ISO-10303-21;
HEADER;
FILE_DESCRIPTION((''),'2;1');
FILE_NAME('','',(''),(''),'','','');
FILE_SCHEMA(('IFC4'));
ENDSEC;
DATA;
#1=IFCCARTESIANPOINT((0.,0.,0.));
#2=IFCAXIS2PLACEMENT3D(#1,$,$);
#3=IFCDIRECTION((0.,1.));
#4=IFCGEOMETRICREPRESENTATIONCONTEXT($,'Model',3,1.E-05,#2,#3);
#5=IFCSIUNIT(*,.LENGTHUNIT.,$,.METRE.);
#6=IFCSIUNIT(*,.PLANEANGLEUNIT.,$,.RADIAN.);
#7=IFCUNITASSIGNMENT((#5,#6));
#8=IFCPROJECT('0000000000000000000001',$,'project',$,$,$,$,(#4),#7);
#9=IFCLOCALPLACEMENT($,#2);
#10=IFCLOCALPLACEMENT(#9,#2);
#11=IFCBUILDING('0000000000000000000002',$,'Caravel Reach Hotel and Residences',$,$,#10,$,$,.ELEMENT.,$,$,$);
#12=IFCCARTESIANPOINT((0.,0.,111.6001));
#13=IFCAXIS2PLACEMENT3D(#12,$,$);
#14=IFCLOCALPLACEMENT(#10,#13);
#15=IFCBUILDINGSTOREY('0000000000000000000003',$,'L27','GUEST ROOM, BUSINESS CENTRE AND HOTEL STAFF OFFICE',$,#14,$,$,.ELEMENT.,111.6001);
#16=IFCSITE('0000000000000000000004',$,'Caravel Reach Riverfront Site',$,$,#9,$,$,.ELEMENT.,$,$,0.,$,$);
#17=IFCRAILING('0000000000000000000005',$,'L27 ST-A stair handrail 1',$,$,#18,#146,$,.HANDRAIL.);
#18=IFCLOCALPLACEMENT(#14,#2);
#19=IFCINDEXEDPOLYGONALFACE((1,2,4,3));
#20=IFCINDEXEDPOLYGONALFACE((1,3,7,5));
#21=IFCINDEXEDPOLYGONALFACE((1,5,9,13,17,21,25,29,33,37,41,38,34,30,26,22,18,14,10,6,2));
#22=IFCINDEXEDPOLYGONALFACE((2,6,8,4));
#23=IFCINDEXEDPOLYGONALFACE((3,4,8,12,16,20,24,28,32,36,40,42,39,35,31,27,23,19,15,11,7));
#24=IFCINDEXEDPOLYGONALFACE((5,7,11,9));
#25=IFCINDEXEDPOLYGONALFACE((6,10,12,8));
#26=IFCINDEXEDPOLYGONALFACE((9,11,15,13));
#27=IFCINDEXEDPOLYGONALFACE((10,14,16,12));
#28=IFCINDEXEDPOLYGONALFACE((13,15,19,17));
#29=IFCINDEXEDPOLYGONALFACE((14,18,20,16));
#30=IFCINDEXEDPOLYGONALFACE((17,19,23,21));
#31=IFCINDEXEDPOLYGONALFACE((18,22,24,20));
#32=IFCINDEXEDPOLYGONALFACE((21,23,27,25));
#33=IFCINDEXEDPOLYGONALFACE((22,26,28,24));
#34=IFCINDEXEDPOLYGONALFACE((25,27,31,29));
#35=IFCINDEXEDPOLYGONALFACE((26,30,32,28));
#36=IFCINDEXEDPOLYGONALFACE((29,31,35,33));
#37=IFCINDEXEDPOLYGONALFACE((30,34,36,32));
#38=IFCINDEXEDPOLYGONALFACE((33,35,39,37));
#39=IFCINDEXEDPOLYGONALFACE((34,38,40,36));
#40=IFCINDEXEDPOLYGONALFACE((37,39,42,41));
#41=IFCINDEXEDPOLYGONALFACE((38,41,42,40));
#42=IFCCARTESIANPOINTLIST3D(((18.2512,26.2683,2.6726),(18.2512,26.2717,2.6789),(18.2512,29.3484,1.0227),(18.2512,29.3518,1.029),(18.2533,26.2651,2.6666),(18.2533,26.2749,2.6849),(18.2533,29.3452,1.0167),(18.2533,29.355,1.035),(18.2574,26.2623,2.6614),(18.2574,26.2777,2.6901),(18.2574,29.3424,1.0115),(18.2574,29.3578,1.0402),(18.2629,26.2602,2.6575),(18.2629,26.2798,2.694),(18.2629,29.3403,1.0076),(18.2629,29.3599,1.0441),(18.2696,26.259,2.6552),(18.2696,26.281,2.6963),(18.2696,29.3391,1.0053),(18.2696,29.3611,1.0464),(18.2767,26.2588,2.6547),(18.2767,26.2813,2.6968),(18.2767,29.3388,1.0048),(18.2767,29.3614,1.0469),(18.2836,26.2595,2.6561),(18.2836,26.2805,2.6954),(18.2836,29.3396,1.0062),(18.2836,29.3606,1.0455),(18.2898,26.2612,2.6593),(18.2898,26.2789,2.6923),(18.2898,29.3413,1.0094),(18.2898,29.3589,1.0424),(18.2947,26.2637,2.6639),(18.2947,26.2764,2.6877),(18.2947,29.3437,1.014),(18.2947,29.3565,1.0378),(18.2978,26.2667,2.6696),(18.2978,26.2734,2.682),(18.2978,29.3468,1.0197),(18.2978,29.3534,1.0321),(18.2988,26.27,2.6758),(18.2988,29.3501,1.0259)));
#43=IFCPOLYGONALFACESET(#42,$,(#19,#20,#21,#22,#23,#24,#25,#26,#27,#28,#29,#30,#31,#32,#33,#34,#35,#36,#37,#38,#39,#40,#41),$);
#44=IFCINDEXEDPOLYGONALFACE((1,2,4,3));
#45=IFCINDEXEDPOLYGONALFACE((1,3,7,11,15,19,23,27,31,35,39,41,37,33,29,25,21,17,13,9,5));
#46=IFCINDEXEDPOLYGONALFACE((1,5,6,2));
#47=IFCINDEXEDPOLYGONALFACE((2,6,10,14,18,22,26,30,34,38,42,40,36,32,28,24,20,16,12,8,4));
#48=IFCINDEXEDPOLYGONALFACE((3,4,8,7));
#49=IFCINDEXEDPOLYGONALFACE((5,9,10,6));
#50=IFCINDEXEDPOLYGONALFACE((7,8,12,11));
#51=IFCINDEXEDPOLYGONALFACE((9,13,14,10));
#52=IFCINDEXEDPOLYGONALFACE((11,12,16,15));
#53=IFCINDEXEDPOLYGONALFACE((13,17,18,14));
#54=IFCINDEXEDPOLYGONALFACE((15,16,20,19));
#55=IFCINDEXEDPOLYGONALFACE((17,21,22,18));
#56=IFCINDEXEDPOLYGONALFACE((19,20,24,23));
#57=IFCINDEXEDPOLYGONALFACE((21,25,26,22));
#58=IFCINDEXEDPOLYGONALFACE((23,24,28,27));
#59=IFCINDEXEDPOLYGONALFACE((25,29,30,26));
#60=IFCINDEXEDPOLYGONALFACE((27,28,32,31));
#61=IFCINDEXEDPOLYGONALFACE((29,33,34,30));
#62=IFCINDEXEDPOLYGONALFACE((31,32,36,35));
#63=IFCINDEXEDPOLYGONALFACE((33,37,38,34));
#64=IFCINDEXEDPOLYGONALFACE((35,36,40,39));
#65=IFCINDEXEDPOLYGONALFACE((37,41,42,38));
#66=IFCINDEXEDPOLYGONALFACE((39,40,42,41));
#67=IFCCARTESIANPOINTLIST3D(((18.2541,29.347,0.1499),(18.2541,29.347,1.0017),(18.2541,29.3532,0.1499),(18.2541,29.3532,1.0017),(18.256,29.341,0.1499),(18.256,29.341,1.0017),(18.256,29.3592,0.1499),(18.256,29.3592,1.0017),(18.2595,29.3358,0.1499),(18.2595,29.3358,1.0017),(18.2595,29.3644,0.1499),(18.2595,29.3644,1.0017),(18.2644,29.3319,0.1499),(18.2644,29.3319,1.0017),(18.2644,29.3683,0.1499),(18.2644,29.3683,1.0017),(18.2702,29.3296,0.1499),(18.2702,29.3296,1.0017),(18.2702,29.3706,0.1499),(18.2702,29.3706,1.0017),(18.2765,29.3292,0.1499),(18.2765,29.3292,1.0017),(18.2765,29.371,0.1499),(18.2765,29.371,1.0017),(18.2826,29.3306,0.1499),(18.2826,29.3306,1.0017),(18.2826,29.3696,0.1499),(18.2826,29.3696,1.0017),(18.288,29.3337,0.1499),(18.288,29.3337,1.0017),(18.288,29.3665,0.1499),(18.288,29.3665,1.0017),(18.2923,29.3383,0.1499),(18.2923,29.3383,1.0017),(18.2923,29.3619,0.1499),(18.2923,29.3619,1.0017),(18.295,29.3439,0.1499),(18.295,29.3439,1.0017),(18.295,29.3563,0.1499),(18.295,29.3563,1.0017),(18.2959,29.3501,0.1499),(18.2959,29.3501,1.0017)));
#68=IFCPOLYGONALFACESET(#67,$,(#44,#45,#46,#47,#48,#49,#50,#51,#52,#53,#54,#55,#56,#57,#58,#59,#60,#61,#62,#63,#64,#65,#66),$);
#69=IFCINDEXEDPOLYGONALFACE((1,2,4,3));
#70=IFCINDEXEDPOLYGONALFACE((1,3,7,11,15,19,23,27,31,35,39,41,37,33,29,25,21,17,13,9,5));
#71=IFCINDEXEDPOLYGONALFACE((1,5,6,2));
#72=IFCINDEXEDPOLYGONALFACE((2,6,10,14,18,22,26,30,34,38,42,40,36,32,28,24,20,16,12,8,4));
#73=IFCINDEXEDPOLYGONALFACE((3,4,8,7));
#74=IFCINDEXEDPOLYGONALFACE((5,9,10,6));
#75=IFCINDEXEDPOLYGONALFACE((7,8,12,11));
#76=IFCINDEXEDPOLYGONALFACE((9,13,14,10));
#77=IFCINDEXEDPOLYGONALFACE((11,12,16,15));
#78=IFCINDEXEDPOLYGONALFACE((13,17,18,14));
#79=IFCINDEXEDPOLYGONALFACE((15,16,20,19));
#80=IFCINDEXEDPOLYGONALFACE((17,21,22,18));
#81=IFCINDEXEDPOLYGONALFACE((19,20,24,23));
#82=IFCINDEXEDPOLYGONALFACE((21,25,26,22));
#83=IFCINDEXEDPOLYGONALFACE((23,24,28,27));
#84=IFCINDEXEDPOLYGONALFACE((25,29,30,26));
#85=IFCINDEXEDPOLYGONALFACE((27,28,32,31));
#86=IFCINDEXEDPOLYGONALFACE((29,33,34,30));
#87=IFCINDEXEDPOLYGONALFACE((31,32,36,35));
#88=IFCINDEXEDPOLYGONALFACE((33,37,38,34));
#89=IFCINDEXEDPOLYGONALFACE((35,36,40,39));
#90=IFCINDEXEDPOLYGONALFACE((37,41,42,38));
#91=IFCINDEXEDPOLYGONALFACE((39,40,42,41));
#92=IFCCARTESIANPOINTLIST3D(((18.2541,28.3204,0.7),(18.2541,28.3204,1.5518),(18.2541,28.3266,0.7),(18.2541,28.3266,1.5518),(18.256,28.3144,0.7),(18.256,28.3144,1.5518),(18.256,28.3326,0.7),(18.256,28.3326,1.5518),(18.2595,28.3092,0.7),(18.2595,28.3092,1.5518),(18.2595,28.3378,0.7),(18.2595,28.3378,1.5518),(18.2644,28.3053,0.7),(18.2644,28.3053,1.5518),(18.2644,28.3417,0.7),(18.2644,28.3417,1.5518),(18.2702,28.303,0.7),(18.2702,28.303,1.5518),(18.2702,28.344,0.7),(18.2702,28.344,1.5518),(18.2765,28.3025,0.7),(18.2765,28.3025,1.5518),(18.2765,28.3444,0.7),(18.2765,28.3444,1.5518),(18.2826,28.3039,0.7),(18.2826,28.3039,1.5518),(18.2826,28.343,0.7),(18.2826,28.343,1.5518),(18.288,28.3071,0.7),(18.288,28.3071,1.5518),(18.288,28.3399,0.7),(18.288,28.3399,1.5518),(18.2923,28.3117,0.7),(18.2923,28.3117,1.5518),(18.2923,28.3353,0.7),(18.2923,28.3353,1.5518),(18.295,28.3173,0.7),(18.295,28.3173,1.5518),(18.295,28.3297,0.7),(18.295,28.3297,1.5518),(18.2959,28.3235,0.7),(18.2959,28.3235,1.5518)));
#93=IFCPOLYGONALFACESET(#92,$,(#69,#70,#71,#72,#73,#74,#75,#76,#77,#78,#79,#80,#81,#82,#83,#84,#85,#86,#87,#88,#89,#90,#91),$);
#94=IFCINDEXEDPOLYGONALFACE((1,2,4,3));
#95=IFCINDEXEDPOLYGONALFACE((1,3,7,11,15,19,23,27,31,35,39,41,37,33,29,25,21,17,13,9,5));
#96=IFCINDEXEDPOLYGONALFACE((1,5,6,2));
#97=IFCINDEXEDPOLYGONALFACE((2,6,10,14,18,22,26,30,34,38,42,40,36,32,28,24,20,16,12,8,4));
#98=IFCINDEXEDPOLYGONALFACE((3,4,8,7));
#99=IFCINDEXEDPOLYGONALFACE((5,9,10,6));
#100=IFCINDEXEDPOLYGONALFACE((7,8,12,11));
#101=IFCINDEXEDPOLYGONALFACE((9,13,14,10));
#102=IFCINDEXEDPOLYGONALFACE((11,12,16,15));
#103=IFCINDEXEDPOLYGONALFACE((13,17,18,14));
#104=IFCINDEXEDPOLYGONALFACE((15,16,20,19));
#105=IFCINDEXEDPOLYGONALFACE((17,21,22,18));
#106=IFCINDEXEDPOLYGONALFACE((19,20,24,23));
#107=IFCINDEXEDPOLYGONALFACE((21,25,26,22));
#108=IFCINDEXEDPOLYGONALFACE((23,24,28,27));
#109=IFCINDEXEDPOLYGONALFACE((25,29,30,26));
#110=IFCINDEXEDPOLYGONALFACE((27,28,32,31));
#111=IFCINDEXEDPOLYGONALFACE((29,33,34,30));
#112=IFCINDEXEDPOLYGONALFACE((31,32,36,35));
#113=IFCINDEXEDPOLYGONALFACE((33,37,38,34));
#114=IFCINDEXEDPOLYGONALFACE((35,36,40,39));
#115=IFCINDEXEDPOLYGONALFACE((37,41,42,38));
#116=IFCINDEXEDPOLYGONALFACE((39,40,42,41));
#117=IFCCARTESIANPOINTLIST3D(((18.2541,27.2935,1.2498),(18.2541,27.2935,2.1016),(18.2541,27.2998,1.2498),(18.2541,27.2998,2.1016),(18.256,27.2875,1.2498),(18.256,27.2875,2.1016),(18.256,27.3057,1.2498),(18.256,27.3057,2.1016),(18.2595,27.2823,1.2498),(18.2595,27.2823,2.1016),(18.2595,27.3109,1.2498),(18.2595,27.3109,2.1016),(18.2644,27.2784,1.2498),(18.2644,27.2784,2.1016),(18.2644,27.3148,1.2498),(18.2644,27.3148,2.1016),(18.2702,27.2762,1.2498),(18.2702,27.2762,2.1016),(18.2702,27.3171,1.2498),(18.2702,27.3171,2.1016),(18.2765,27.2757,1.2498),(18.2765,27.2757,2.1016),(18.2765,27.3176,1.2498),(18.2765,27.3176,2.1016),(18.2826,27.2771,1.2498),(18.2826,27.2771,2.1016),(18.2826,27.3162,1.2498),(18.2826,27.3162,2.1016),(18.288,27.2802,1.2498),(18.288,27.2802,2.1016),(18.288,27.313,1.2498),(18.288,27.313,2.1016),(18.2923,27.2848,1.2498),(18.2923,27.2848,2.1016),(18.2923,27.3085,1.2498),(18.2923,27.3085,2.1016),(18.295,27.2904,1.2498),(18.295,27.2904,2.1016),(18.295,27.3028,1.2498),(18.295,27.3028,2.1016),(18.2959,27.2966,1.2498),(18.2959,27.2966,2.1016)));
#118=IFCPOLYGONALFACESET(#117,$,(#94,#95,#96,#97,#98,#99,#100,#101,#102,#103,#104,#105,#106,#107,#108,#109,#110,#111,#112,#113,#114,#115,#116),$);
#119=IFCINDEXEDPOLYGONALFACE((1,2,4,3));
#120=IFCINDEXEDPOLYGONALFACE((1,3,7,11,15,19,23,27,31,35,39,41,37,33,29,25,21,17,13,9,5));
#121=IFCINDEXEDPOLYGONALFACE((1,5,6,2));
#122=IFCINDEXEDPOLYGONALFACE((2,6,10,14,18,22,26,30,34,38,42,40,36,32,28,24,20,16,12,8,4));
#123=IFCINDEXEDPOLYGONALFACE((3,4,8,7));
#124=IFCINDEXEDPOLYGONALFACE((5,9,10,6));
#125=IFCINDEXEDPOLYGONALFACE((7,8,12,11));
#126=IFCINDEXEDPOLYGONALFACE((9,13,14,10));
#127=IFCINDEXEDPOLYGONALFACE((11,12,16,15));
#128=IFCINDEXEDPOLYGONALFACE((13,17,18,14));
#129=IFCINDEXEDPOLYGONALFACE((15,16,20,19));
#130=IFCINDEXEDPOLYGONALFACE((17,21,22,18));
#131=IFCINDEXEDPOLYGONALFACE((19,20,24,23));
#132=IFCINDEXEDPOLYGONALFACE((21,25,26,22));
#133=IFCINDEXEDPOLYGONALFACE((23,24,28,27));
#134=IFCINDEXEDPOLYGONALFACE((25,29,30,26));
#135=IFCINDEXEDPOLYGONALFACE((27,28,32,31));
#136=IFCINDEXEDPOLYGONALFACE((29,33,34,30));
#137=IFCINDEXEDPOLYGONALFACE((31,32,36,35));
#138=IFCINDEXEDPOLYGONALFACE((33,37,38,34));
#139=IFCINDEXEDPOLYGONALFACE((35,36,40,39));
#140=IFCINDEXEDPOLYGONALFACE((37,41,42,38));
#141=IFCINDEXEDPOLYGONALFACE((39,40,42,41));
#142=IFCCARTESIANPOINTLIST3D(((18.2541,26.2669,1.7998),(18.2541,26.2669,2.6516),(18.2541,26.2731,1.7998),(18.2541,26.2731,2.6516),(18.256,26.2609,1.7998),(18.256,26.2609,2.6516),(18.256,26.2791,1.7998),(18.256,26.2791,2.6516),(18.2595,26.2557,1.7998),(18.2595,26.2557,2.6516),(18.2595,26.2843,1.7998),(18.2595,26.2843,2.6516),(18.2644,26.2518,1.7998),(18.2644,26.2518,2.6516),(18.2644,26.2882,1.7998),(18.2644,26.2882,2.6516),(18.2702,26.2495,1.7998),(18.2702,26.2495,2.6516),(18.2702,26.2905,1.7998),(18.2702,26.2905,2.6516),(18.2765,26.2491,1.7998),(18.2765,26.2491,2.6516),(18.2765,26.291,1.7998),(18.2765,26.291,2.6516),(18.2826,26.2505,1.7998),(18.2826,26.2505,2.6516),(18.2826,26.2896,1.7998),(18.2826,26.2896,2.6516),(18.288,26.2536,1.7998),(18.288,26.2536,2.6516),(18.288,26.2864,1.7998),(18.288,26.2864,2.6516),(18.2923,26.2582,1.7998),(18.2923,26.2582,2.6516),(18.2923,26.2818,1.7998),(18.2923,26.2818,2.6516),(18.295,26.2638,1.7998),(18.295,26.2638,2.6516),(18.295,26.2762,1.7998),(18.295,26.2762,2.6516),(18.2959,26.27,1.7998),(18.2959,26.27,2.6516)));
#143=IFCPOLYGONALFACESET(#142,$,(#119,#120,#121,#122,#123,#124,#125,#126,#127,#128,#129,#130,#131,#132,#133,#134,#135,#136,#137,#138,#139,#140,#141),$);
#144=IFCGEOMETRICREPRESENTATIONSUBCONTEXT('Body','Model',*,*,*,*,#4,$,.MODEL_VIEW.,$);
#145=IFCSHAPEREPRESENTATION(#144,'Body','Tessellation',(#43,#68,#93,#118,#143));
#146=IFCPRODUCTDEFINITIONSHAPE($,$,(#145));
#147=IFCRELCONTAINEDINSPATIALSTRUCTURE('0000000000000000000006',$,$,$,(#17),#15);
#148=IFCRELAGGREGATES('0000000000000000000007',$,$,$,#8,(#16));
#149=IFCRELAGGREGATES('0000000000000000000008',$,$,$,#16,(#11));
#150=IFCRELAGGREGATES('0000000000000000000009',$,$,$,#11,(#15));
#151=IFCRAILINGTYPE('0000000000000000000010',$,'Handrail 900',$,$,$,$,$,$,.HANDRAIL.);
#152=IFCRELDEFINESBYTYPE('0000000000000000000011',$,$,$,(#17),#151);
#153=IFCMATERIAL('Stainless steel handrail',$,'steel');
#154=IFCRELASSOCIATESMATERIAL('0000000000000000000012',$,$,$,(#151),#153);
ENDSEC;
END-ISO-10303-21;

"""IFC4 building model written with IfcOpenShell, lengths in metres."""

from ifc_helpers import new_model, si_unit, direction, frame, origin, origin_2d, place, context, subcontext, project, spatial, circle, extrude, material, type_object, element, save


model = new_model("IFC4")

# Units and contexts
model_context = context("Model", 3, precision=1e-05, world=origin(), true_north=direction((0.0, 1.0)))
body_context = subcontext(model_context, "Body", "Model", "MODEL_VIEW")
ifc_project = project(units=[si_unit("LENGTHUNIT", "METRE"), si_unit("PLANEANGLEUNIT", "RADIAN")], contexts=[model_context])

# Site, building, storey
site_placement = place(None, origin())
site = spatial("IfcSite", under=ifc_project, at=site_placement, Name="Caravel Reach Riverfront Site", CompositionType="ELEMENT", RefElevation=0.0)
building_placement = place(site_placement, origin())
building = spatial("IfcBuilding", under=site, at=building_placement, Name="Caravel Reach Hotel and Residences", CompositionType="ELEMENT")
storey_placement = place(building_placement, frame((0.0, 0.0, 111.6001)))
storey = spatial("IfcBuildingStorey", under=building, at=storey_placement, Name="L27", Description="GUEST ROOM, BUSINESS CENTRE AND HOTEL STAFF OFFICE", CompositionType="ELEMENT", Elevation=111.6001)

# Railing
ifc_material_1 = material(Name="Stainless steel handrail", Category="steel")
railing_type_1 = type_object("IfcRailingType", Name="Handrail 900", PredefinedType="HANDRAIL", material=ifc_material_1)
railing_1_placement = place(storey_placement, frame((18.2749, 29.3501, 0.1499)))
element("IfcRailing", 1, at=railing_1_placement, inside=storey, type_object=railing_type_1, Name="L27 ST-A stair handrail 1", PredefinedType="HANDRAIL", context=body_context, shape_type="SweptSolid", body=[
    extrude(circle(Radius=0.0239, at=origin_2d()), frame((0.0, 0.0, 0.876), z_axis=(0.0, -0.881497, 0.47219), x_axis=(1.0, 0.0, 0.0)), (0.0, 0.0, 1.0), 3.4941),
    extrude(circle(Radius=0.021, at=origin_2d()), origin(), (0.0, 0.0, 1.0), 0.8518),
    extrude(circle(Radius=0.021, at=origin_2d()), frame((0.0, -1.0266, 0.55)), (0.0, 0.0, 1.0), 0.8518),
    extrude(circle(Radius=0.021, at=origin_2d()), frame((0.0, -2.0535, 1.0999)), (0.0, 0.0, 1.0), 0.8518),
    extrude(circle(Radius=0.021, at=origin_2d()), frame((0.0, -3.0801, 1.6499)), (0.0, 0.0, 1.0), 0.8518),
])

save(model, "model.ifc")
